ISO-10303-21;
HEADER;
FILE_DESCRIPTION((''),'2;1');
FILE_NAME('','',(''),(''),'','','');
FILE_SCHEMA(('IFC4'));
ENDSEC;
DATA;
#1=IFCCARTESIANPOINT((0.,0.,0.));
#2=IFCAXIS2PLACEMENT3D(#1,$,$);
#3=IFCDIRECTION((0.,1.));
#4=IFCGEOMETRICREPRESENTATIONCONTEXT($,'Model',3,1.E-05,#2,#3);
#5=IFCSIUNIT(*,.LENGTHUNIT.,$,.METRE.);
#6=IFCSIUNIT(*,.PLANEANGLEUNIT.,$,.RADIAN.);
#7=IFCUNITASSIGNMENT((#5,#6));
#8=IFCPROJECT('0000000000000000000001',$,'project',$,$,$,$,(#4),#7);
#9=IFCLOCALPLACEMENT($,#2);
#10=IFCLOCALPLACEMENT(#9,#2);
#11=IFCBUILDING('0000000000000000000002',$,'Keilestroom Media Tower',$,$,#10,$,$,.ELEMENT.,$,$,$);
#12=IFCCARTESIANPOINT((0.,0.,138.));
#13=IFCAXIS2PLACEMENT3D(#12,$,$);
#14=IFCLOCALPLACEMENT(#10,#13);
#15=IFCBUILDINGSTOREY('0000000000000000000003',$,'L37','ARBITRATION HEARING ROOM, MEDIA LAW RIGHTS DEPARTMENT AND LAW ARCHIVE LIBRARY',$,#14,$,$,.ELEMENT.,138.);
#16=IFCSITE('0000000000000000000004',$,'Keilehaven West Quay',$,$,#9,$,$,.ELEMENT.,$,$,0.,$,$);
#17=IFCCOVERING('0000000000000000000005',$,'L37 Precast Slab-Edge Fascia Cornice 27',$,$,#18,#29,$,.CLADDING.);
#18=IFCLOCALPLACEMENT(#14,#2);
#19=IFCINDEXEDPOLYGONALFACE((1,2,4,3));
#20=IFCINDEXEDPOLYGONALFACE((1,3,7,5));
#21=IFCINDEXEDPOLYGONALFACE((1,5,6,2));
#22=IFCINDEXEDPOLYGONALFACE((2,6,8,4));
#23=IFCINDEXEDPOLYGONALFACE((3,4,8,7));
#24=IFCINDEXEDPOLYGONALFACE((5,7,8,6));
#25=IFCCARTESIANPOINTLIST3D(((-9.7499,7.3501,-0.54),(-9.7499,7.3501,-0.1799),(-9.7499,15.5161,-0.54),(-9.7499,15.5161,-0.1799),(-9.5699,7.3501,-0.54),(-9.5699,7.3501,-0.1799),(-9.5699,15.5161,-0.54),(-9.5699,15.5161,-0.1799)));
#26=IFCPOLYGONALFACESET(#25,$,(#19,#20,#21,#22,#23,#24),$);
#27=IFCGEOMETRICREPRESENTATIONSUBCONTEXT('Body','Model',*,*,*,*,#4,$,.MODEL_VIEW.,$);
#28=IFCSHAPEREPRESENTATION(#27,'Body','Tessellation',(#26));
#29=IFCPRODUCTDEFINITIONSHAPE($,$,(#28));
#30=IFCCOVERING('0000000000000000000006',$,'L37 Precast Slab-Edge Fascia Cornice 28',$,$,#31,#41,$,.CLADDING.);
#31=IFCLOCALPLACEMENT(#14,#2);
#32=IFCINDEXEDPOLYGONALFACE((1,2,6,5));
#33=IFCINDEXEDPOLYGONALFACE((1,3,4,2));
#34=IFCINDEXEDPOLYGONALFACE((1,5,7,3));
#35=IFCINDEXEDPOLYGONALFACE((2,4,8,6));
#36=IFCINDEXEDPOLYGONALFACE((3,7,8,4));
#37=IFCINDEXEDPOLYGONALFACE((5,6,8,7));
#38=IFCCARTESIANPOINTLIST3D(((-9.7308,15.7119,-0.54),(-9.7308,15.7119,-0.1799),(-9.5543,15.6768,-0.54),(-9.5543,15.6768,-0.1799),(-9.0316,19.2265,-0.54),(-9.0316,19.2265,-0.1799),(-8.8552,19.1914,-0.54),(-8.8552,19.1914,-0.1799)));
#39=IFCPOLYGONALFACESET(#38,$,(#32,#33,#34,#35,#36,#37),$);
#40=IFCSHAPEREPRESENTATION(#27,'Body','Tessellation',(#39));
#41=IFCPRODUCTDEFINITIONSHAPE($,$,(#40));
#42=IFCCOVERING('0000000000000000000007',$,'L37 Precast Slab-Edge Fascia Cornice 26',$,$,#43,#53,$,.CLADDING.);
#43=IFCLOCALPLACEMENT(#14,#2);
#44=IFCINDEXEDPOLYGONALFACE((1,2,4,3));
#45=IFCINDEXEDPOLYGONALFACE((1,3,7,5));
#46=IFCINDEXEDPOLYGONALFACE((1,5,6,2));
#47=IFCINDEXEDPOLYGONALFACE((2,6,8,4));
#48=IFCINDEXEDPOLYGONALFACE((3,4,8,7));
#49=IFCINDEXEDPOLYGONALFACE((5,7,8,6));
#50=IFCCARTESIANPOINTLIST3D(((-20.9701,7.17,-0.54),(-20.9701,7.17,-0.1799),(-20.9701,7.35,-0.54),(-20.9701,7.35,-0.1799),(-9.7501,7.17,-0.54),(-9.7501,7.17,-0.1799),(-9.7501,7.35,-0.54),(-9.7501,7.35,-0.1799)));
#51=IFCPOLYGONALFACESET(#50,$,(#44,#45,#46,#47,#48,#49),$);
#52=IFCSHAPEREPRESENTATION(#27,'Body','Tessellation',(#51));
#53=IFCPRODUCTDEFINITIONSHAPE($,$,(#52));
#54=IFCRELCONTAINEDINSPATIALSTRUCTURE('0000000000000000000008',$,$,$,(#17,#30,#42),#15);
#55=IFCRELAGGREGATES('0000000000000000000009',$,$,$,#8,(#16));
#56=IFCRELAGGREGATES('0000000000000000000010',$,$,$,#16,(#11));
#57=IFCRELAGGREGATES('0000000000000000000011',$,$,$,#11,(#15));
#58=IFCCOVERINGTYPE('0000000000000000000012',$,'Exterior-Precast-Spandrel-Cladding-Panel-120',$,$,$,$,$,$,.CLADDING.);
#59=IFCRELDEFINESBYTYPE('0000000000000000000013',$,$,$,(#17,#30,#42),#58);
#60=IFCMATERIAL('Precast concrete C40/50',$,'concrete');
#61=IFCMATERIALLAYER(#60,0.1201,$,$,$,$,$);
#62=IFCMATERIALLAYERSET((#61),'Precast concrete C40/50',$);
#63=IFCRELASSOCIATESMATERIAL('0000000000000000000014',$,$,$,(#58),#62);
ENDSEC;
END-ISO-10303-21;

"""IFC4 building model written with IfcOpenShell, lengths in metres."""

from ifc_helpers import new_model, si_unit, direction, frame, origin, origin_2d, place, context, subcontext, project, spatial, rectangle, extrude, source, transform, mapped, material, layer, layer_set, type_object, element, save


model = new_model("IFC4")

# Units and contexts
model_context = context("Model", 3, precision=1e-05, world=origin(), true_north=direction((0.0, 1.0)))
body_context = subcontext(model_context, "Body", "Model", "MODEL_VIEW")
ifc_project = project(units=[si_unit("LENGTHUNIT", "METRE"), si_unit("PLANEANGLEUNIT", "RADIAN")], contexts=[model_context])

# Site, building, storey
site_placement = place(None, origin())
site = spatial("IfcSite", under=ifc_project, at=site_placement, Name="Keilehaven West Quay", CompositionType="ELEMENT", RefElevation=0.0)
building_placement = place(site_placement, origin())
building = spatial("IfcBuilding", under=site, at=building_placement, Name="Keilestroom Media Tower", CompositionType="ELEMENT")
storey_placement = place(building_placement, frame((0.0, 0.0, 138.0)))
storey = spatial("IfcBuildingStorey", under=building, at=storey_placement, Name="L37", Description="ARBITRATION HEARING ROOM, MEDIA LAW RIGHTS DEPARTMENT AND LAW ARCHIVE LIBRARY", CompositionType="ELEMENT", Elevation=138.0)

# Shared definitions
ifc_material_1 = material(Name="Precast concrete C40/50", Category="concrete")

# Coverings
ifc_layer_1 = layer(ifc_material_1, 0.1201)
ifc_layer_set_1 = layer_set([ifc_layer_1], Name="Precast concrete C40/50")
covering_type = type_object("IfcCoveringType", Name="Exterior-Precast-Spandrel-Cladding-Panel-120", PredefinedType="CLADDING", material=ifc_layer_set_1)
shared_shape_1 = source(origin(), body_context, "Body", "SweptSolid", [
    extrude(rectangle(XDim=8.166, YDim=0.1799, at=origin_2d()), origin(), (0.0, 0.0, 1.0), 0.3601),
])
covering_1_placement = place(storey_placement, frame((-9.6599, 11.4331, -0.54), z_axis=(0.0, 0.0, 1.0), x_axis=(0.0, 1.0, 0.0)))
element("IfcCovering", 1, at=covering_1_placement, inside=storey, type_object=covering_type, Name="L37 Precast Slab-Edge Fascia Cornice 27", PredefinedType="CLADDING", context=body_context, shape_type="MappedRepresentation", body=[
    mapped(shared_shape_1, transform((0.0, 0.0, 0.0), x_axis=(1.0, 0.0, 0.0), y_axis=(0.0, 1.0, 0.0), z_axis=(0.0, 0.0, 1.0), scale=1.0)),
])
shared_shape_2 = source(origin(), body_context, "Body", "SweptSolid", [
    extrude(rectangle(XDim=3.5835, YDim=0.1799, at=origin_2d()), origin(), (0.0, 0.0, 1.0), 0.3601),
])
covering_2_placement = place(storey_placement, frame((-9.293, 17.4517, -0.54), z_axis=(0.0, 0.0, 1.0), x_axis=(0.195099, 0.980784, 0.0)))
element("IfcCovering", 2, at=covering_2_placement, inside=storey, type_object=covering_type, Name="L37 Precast Slab-Edge Fascia Cornice 28", PredefinedType="CLADDING", context=body_context, shape_type="MappedRepresentation", body=[
    mapped(shared_shape_2, transform((0.0, 0.0, 0.0), x_axis=(1.0, 0.0, 0.0), y_axis=(0.0, 1.0, 0.0), z_axis=(0.0, 0.0, 1.0), scale=1.0)),
])
shared_shape_3 = source(origin(), body_context, "Body", "SweptSolid", [
    extrude(rectangle(XDim=11.22, YDim=0.1799, at=origin_2d()), origin(), (0.0, 0.0, 1.0), 0.3601),
])
covering_3_placement = place(storey_placement, frame((-15.3601, 7.26, -0.54), z_axis=(0.0, 0.0, 1.0), x_axis=(1.0, 0.0, 0.0)))
element("IfcCovering", 3, at=covering_3_placement, inside=storey, type_object=covering_type, Name="L37 Precast Slab-Edge Fascia Cornice 26", PredefinedType="CLADDING", context=body_context, shape_type="MappedRepresentation", body=[
    mapped(shared_shape_3, transform((0.0, 0.0, 0.0), x_axis=(1.0, 0.0, 0.0), y_axis=(0.0, 1.0, 0.0), z_axis=(0.0, 0.0, 1.0), scale=1.0)),
])

save(model, "model.ifc")
